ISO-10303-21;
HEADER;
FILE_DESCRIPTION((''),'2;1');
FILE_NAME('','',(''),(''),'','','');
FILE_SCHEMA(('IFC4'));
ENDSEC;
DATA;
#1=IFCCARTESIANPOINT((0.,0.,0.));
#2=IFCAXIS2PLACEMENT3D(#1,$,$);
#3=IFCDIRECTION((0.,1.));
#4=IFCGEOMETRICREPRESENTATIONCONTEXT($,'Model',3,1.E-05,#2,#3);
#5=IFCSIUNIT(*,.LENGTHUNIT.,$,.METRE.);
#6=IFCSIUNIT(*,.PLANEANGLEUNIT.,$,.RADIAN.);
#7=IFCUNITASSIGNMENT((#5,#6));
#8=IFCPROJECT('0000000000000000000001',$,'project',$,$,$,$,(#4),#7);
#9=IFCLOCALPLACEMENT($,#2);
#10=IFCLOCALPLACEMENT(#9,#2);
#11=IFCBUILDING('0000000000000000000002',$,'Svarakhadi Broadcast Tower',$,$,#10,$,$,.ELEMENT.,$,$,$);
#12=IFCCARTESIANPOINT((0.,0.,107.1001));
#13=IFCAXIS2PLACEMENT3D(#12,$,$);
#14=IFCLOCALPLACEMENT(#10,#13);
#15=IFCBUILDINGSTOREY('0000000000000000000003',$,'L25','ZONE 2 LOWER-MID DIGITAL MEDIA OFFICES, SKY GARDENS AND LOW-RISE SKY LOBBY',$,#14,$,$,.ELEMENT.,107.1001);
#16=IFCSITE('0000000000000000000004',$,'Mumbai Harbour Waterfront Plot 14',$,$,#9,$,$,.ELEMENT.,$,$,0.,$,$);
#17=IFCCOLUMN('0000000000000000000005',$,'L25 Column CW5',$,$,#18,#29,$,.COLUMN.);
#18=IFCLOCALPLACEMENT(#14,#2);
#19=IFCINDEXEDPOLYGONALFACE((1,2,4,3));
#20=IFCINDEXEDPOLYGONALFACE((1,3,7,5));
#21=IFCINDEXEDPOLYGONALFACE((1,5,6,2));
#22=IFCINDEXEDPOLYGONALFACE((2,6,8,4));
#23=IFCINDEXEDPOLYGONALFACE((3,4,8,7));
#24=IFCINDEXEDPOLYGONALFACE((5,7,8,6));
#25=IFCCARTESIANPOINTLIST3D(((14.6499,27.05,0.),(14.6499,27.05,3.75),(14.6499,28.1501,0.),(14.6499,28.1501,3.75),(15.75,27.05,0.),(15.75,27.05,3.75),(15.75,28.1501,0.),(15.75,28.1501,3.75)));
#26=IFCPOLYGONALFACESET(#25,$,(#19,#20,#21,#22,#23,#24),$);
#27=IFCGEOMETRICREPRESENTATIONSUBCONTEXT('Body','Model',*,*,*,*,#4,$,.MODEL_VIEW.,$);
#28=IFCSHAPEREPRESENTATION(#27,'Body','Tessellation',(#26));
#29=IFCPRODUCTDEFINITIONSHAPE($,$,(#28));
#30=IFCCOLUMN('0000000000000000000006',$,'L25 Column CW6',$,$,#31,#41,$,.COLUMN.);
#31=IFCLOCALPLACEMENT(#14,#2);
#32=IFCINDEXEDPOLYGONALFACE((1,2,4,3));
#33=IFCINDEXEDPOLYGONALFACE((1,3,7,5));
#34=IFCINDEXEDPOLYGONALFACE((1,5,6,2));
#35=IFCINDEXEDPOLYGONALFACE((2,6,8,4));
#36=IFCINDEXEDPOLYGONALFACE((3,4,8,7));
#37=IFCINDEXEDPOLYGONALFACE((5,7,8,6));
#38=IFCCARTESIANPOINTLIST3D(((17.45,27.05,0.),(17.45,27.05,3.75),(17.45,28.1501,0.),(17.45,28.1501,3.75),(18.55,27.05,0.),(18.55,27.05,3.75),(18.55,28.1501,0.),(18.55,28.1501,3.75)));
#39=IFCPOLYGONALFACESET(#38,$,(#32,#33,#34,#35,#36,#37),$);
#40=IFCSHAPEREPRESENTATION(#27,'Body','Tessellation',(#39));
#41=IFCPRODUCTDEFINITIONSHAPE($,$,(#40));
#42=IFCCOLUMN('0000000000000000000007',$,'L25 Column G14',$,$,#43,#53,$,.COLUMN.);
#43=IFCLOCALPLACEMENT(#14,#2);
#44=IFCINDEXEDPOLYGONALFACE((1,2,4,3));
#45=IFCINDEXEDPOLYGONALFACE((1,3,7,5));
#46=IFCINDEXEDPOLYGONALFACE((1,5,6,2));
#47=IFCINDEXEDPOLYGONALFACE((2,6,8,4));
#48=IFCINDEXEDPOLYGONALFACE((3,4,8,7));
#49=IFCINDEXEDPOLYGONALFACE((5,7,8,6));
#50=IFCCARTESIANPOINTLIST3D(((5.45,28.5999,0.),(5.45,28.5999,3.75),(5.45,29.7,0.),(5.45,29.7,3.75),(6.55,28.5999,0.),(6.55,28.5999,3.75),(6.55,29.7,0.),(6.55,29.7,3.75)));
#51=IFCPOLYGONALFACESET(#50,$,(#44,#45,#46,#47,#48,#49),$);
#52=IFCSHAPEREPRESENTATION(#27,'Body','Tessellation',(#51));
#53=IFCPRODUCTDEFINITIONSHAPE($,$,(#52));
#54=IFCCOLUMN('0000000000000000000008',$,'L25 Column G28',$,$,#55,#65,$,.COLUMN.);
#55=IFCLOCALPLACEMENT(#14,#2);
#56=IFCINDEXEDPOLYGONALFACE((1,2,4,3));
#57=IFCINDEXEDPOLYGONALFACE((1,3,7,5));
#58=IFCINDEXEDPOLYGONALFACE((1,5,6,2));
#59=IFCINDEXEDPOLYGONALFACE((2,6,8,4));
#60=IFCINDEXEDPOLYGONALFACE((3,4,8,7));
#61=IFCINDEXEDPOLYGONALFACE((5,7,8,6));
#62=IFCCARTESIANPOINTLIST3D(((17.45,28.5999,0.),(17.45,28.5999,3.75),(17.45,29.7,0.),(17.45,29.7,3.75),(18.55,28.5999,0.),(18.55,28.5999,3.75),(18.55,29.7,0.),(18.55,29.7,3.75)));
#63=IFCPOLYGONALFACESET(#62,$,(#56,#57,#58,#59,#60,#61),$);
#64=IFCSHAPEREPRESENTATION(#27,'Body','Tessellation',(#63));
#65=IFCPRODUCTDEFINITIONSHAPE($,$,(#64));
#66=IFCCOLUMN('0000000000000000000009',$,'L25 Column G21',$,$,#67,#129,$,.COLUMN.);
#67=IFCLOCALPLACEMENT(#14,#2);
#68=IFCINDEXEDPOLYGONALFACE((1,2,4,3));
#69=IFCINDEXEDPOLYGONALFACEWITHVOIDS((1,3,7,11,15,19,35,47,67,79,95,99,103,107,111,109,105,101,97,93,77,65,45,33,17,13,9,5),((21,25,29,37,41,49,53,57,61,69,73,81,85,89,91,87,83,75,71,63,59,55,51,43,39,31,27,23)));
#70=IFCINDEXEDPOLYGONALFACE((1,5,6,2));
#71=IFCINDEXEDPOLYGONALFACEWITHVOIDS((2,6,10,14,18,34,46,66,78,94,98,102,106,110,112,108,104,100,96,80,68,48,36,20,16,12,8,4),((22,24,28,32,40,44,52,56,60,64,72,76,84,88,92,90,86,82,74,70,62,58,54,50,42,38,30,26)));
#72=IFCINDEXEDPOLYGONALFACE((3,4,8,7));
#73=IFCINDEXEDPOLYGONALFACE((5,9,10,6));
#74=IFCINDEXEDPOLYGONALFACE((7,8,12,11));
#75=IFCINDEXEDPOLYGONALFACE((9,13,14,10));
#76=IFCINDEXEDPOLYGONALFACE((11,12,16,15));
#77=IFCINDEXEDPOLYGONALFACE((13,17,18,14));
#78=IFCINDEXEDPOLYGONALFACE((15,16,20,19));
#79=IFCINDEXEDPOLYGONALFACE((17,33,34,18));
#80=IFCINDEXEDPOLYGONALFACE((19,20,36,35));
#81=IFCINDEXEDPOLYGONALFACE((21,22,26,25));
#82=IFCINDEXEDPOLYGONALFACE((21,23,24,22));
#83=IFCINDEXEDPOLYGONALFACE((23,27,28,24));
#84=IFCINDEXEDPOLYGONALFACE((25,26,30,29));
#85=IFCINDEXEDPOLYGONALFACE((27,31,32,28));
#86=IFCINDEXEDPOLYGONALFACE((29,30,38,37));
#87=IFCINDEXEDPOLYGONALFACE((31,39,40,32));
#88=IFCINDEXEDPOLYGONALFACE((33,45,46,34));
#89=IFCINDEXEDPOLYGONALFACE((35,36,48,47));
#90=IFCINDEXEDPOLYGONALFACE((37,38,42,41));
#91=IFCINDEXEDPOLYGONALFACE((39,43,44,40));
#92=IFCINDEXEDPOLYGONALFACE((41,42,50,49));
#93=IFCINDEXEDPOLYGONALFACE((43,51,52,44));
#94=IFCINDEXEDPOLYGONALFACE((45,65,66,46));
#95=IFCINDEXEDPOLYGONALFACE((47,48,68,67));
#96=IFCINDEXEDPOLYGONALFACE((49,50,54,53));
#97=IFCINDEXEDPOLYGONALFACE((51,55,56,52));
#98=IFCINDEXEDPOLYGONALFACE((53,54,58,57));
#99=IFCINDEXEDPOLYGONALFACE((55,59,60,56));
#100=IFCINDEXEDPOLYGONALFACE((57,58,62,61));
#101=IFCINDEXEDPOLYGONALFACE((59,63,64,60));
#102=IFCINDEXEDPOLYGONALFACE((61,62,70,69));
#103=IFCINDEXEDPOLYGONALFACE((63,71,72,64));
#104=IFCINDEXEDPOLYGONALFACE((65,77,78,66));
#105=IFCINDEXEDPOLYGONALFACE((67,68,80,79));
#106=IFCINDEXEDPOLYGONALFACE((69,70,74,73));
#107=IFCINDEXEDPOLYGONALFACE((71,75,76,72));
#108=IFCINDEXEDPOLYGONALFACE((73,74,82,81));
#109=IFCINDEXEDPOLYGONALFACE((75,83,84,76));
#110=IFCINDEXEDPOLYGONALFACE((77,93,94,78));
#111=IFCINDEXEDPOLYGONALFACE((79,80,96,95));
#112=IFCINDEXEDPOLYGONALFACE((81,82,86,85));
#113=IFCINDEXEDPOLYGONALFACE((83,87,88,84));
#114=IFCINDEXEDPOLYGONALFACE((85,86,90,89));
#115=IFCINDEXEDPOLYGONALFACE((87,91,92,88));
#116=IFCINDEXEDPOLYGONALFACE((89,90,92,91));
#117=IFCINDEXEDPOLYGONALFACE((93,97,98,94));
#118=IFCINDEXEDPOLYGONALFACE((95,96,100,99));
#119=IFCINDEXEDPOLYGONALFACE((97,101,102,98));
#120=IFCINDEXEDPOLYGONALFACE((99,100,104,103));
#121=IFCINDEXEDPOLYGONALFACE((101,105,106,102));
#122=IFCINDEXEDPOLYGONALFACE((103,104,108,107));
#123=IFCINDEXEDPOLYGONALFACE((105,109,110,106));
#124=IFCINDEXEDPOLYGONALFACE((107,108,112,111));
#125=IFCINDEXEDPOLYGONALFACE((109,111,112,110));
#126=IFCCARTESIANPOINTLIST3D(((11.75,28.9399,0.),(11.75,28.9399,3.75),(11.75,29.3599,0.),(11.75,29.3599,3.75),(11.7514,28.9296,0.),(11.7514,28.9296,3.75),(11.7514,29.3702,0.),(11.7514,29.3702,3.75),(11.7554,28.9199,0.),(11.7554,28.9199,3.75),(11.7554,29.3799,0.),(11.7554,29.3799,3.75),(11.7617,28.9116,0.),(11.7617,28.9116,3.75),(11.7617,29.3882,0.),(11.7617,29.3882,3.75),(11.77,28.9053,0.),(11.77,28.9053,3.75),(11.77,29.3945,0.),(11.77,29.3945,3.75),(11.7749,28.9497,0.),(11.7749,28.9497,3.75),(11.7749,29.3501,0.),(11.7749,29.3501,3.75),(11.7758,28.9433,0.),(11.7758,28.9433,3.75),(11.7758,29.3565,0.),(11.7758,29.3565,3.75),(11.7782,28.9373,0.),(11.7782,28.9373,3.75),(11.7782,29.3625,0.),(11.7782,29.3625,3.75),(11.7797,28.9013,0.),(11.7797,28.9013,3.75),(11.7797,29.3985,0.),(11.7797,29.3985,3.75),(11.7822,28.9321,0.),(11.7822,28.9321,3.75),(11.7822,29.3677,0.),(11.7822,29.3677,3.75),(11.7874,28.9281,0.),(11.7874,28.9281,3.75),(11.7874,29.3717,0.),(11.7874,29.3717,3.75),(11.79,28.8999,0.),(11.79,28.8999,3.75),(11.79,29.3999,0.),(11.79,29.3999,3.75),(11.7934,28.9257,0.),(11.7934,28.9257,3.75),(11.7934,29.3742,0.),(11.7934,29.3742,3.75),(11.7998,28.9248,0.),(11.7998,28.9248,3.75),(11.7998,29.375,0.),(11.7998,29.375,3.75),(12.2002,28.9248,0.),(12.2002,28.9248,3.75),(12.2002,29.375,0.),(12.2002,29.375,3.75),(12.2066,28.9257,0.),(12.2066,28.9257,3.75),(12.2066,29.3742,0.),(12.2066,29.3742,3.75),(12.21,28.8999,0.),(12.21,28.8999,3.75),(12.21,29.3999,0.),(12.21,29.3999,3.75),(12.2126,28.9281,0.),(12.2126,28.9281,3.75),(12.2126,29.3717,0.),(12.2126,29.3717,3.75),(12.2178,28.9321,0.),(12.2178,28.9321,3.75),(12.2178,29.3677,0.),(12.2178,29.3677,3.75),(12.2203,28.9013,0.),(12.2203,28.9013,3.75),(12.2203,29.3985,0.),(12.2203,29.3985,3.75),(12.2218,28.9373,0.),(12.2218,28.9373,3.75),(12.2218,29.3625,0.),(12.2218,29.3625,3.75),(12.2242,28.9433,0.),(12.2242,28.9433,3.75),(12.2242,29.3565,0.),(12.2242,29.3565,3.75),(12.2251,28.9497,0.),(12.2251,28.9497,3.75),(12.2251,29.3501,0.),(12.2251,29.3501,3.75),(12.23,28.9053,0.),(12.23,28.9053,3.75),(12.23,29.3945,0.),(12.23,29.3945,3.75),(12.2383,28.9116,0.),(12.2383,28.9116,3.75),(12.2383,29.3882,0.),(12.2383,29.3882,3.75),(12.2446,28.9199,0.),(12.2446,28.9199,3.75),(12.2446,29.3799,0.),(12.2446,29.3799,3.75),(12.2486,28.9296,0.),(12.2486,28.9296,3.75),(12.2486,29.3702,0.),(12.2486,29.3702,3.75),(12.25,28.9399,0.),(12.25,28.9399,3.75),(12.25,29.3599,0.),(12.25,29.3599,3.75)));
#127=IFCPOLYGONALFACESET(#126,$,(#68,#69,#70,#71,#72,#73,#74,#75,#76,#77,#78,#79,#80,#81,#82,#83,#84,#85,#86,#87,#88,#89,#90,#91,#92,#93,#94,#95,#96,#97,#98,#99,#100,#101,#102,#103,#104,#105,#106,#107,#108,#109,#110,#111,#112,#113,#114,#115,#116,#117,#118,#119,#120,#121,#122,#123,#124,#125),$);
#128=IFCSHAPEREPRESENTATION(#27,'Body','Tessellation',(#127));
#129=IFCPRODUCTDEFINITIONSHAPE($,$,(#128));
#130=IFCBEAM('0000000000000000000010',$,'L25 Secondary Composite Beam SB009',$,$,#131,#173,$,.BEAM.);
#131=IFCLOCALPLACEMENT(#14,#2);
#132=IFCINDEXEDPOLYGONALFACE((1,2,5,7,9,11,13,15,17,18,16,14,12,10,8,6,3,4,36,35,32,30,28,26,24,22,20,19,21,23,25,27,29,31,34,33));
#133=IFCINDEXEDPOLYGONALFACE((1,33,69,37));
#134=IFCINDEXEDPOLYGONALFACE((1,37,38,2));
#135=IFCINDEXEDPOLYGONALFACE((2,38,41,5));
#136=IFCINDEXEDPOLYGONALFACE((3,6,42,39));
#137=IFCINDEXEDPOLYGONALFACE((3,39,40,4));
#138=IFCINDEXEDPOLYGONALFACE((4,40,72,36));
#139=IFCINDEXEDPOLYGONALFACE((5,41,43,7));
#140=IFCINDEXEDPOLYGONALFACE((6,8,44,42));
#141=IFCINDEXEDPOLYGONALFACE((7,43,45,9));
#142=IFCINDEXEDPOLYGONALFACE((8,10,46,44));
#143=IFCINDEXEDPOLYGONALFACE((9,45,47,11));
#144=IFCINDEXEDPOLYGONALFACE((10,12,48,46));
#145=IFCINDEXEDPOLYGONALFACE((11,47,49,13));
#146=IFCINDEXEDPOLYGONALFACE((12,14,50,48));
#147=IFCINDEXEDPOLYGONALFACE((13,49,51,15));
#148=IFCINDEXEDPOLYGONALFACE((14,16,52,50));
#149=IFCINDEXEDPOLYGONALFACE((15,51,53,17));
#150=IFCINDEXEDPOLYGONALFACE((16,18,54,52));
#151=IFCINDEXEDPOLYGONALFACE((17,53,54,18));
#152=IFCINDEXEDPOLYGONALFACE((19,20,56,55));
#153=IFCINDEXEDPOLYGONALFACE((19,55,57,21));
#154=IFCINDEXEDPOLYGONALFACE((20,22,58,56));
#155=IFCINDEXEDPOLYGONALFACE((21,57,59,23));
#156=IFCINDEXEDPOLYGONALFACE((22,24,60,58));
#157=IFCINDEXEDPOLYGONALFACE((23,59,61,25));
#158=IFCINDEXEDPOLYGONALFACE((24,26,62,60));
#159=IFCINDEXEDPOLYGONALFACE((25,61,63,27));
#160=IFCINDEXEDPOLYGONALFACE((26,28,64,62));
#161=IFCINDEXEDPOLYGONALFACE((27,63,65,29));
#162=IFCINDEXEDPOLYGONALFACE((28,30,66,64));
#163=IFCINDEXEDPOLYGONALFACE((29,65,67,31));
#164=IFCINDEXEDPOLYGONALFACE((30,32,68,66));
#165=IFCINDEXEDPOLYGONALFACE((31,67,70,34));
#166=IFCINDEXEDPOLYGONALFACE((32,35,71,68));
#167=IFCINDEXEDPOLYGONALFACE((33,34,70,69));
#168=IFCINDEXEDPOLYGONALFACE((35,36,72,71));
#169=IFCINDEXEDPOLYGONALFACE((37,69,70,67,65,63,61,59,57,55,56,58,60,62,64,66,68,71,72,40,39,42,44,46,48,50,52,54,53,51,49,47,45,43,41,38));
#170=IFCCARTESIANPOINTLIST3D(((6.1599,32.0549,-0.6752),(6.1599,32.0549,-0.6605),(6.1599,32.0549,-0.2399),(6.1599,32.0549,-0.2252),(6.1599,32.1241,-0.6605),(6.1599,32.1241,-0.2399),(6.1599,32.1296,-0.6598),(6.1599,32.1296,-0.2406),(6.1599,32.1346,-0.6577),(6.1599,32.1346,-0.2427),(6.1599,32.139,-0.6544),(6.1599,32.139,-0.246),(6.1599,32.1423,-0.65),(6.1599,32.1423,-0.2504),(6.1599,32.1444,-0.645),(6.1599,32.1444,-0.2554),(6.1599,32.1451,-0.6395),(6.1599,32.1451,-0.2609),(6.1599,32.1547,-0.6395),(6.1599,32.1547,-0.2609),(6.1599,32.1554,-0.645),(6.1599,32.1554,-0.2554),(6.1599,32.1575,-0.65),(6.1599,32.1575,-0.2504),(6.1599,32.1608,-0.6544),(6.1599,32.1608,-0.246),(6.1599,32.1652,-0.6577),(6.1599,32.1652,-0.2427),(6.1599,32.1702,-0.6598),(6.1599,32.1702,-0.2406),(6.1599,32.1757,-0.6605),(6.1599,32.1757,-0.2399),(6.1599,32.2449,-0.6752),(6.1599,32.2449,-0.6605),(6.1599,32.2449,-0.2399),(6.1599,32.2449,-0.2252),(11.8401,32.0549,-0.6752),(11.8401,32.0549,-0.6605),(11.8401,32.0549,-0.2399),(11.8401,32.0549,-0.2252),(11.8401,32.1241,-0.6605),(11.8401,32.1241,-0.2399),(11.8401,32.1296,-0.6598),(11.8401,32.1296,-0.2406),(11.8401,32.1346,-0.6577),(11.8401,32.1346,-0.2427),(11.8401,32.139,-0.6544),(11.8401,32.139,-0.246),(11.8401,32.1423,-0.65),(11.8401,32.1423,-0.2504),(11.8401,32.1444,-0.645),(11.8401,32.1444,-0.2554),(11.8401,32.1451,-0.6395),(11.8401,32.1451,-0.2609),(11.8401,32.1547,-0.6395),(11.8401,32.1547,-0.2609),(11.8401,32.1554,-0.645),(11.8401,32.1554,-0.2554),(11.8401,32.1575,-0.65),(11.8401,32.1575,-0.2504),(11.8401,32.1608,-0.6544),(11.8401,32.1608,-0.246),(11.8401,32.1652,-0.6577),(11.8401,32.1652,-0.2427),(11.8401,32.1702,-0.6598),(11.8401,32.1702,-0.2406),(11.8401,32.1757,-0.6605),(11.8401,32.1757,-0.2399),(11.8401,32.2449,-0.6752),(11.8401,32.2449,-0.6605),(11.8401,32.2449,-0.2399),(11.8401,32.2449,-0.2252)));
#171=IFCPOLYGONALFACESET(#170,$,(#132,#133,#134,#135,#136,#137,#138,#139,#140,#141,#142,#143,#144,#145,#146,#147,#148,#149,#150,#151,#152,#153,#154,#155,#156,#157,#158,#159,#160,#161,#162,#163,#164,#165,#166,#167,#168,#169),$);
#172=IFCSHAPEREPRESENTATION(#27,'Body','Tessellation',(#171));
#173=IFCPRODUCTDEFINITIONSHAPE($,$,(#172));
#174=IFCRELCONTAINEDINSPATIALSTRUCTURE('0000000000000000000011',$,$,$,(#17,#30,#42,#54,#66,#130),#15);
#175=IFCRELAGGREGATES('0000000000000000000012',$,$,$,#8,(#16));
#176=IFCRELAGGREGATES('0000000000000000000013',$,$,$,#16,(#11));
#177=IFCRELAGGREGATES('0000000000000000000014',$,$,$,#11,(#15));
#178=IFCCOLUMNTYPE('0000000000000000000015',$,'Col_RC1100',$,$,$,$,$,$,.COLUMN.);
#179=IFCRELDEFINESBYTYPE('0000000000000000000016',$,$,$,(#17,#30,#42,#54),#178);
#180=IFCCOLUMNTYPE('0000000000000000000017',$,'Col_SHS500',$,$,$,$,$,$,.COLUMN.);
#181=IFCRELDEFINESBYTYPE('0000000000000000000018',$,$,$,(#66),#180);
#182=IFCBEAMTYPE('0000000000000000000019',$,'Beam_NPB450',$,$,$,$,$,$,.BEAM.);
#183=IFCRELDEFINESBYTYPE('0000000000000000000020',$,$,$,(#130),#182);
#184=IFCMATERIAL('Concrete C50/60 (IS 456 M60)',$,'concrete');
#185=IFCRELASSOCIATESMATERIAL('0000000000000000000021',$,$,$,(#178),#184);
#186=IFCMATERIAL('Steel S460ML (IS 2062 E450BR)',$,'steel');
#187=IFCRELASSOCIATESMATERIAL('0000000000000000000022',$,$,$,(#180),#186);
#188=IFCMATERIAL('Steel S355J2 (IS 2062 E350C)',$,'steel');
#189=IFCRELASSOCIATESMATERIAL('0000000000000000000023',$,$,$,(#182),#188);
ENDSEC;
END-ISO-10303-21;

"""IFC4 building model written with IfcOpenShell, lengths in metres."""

from ifc_helpers import new_model, si_unit, direction, frame, origin, origin_2d, place, context, subcontext, project, spatial, rectangle, hollow_rectangle, i_section, extrude, material, material_profile, profile_set, type_object, element, save


model = new_model("IFC4")

# Units and contexts
model_context = context("Model", 3, precision=1e-05, world=origin(), true_north=direction((0.0, 1.0)))
body_context = subcontext(model_context, "Body", "Model", "MODEL_VIEW")
ifc_project = project(units=[si_unit("LENGTHUNIT", "METRE"), si_unit("PLANEANGLEUNIT", "RADIAN")], contexts=[model_context])

# Site, building, storey
site_placement = place(None, origin())
site = spatial("IfcSite", under=ifc_project, at=site_placement, Name="Mumbai Harbour Waterfront Plot 14", CompositionType="ELEMENT", RefElevation=0.0)
building_placement = place(site_placement, origin())
building = spatial("IfcBuilding", under=site, at=building_placement, Name="Svarakhadi Broadcast Tower", CompositionType="ELEMENT")
storey_placement = place(building_placement, frame((0.0, 0.0, 107.1001)))
storey = spatial("IfcBuildingStorey", under=building, at=storey_placement, Name="L25", Description="ZONE 2 LOWER-MID DIGITAL MEDIA OFFICES, SKY GARDENS AND LOW-RISE SKY LOBBY", CompositionType="ELEMENT", Elevation=107.1001)

# Columns
ifc_material_1 = material(Name="Concrete C50/60 (IS 456 M60)", Category="concrete")
ifc_material_profile_1 = material_profile(ifc_material_1, rectangle(XDim=1.1001, YDim=1.1001, at=origin_2d()), Name="RC 1100x1100")
ifc_profile_set_1 = profile_set([ifc_material_profile_1], Name="Concrete C50/60 (IS 456 M60)")
column_type_1 = type_object("IfcColumnType", Name="Col_RC1100", PredefinedType="COLUMN", material=ifc_profile_set_1)
for number, where, z_axis, x_axis, name in (
    (1, (15.2, 27.6001, 0.0), (0.0, 0.0, 1.0), (1.0, 0.0, 0.0), "L25 Column CW5"),
    (2, (18.0, 27.6001, 0.0), (0.0, 0.0, 1.0), (1.0, 0.0, 0.0), "L25 Column CW6"),
    (3, (6.0, 29.1499, 0.0), (0.0, 0.0, 1.0), (1.0, 0.0, 0.0), "L25 Column G14"),
    (4, (18.0, 29.1499, 0.0), (0.0, 0.0, 1.0), (1.0, 0.0, 0.0), "L25 Column G28"),
):
    element("IfcColumn", number, at=place(storey_placement, frame(where, z_axis=z_axis, x_axis=x_axis)), inside=storey, type_object=column_type_1, Name=name, PredefinedType="COLUMN", context=body_context, shape_type="SweptSolid", body=[
        extrude(rectangle(XDim=1.1001, YDim=1.1001, at=origin_2d()), origin(), (0.0, 0.0, 1.0), 3.75),
    ])
ifc_material_2 = material(Name="Steel S460ML (IS 2062 E450BR)", Category="steel")
ifc_material_profile_2 = material_profile(ifc_material_2, hollow_rectangle(XDim=0.5, YDim=0.5, WallThickness=0.0249, InnerFilletRadius=0.0249, OuterFilletRadius=0.04, at=origin_2d()), Name="SHS 500x500x25")
ifc_profile_set_2 = profile_set([ifc_material_profile_2], Name="Steel S460ML (IS 2062 E450BR)")
column_type_2 = type_object("IfcColumnType", Name="Col_SHS500", PredefinedType="COLUMN", material=ifc_profile_set_2)
column_placement = place(storey_placement, frame((12.0, 29.1499, 0.0), z_axis=(0.0, 0.0, 1.0), x_axis=(1.0, 0.0, 0.0)))
element("IfcColumn", 5, at=column_placement, inside=storey, type_object=column_type_2, Name="L25 Column G21", PredefinedType="COLUMN", context=body_context, shape_type="SweptSolid", body=[
    extrude(hollow_rectangle(XDim=0.5, YDim=0.5, WallThickness=0.0249, InnerFilletRadius=0.0249, OuterFilletRadius=0.04, at=origin_2d()), origin(), (0.0, 0.0, 1.0), 3.75),
])

# Beam
ifc_material_3 = material(Name="Steel S355J2 (IS 2062 E350C)", Category="steel")
ifc_material_profile_3 = material_profile(ifc_material_3, i_section(OverallWidth=0.1899, OverallDepth=0.45, WebThickness=0.0095, FlangeThickness=0.0146, FilletRadius=0.021, at=origin_2d()), Name="NPB 450x190x78")
ifc_profile_set_3 = profile_set([ifc_material_profile_3], Name="Steel S355J2 (IS 2062 E350C)")
beam_type_1 = type_object("IfcBeamType", Name="Beam_NPB450", PredefinedType="BEAM", material=ifc_profile_set_3)
for number, where, z_axis, x_axis, name in (
    (6, (6.1599, 32.1499, -0.4502), (1.0, 0.0, 0.0), (0.0, 1.0, 0.0), "L25 Secondary Composite Beam SB009"),
):
    element("IfcBeam", number, at=place(storey_placement, frame(where, z_axis=z_axis, x_axis=x_axis)), inside=storey, type_object=beam_type_1, Name=name, PredefinedType="BEAM", context=body_context, shape_type="SweptSolid", body=[
        extrude(i_section(OverallWidth=0.1899, OverallDepth=0.45, WebThickness=0.0095, FlangeThickness=0.0146, FilletRadius=0.021, at=origin_2d()), origin(), (0.0, 0.0, 1.0), 5.6802),
    ])

save(model, "model.ifc")
